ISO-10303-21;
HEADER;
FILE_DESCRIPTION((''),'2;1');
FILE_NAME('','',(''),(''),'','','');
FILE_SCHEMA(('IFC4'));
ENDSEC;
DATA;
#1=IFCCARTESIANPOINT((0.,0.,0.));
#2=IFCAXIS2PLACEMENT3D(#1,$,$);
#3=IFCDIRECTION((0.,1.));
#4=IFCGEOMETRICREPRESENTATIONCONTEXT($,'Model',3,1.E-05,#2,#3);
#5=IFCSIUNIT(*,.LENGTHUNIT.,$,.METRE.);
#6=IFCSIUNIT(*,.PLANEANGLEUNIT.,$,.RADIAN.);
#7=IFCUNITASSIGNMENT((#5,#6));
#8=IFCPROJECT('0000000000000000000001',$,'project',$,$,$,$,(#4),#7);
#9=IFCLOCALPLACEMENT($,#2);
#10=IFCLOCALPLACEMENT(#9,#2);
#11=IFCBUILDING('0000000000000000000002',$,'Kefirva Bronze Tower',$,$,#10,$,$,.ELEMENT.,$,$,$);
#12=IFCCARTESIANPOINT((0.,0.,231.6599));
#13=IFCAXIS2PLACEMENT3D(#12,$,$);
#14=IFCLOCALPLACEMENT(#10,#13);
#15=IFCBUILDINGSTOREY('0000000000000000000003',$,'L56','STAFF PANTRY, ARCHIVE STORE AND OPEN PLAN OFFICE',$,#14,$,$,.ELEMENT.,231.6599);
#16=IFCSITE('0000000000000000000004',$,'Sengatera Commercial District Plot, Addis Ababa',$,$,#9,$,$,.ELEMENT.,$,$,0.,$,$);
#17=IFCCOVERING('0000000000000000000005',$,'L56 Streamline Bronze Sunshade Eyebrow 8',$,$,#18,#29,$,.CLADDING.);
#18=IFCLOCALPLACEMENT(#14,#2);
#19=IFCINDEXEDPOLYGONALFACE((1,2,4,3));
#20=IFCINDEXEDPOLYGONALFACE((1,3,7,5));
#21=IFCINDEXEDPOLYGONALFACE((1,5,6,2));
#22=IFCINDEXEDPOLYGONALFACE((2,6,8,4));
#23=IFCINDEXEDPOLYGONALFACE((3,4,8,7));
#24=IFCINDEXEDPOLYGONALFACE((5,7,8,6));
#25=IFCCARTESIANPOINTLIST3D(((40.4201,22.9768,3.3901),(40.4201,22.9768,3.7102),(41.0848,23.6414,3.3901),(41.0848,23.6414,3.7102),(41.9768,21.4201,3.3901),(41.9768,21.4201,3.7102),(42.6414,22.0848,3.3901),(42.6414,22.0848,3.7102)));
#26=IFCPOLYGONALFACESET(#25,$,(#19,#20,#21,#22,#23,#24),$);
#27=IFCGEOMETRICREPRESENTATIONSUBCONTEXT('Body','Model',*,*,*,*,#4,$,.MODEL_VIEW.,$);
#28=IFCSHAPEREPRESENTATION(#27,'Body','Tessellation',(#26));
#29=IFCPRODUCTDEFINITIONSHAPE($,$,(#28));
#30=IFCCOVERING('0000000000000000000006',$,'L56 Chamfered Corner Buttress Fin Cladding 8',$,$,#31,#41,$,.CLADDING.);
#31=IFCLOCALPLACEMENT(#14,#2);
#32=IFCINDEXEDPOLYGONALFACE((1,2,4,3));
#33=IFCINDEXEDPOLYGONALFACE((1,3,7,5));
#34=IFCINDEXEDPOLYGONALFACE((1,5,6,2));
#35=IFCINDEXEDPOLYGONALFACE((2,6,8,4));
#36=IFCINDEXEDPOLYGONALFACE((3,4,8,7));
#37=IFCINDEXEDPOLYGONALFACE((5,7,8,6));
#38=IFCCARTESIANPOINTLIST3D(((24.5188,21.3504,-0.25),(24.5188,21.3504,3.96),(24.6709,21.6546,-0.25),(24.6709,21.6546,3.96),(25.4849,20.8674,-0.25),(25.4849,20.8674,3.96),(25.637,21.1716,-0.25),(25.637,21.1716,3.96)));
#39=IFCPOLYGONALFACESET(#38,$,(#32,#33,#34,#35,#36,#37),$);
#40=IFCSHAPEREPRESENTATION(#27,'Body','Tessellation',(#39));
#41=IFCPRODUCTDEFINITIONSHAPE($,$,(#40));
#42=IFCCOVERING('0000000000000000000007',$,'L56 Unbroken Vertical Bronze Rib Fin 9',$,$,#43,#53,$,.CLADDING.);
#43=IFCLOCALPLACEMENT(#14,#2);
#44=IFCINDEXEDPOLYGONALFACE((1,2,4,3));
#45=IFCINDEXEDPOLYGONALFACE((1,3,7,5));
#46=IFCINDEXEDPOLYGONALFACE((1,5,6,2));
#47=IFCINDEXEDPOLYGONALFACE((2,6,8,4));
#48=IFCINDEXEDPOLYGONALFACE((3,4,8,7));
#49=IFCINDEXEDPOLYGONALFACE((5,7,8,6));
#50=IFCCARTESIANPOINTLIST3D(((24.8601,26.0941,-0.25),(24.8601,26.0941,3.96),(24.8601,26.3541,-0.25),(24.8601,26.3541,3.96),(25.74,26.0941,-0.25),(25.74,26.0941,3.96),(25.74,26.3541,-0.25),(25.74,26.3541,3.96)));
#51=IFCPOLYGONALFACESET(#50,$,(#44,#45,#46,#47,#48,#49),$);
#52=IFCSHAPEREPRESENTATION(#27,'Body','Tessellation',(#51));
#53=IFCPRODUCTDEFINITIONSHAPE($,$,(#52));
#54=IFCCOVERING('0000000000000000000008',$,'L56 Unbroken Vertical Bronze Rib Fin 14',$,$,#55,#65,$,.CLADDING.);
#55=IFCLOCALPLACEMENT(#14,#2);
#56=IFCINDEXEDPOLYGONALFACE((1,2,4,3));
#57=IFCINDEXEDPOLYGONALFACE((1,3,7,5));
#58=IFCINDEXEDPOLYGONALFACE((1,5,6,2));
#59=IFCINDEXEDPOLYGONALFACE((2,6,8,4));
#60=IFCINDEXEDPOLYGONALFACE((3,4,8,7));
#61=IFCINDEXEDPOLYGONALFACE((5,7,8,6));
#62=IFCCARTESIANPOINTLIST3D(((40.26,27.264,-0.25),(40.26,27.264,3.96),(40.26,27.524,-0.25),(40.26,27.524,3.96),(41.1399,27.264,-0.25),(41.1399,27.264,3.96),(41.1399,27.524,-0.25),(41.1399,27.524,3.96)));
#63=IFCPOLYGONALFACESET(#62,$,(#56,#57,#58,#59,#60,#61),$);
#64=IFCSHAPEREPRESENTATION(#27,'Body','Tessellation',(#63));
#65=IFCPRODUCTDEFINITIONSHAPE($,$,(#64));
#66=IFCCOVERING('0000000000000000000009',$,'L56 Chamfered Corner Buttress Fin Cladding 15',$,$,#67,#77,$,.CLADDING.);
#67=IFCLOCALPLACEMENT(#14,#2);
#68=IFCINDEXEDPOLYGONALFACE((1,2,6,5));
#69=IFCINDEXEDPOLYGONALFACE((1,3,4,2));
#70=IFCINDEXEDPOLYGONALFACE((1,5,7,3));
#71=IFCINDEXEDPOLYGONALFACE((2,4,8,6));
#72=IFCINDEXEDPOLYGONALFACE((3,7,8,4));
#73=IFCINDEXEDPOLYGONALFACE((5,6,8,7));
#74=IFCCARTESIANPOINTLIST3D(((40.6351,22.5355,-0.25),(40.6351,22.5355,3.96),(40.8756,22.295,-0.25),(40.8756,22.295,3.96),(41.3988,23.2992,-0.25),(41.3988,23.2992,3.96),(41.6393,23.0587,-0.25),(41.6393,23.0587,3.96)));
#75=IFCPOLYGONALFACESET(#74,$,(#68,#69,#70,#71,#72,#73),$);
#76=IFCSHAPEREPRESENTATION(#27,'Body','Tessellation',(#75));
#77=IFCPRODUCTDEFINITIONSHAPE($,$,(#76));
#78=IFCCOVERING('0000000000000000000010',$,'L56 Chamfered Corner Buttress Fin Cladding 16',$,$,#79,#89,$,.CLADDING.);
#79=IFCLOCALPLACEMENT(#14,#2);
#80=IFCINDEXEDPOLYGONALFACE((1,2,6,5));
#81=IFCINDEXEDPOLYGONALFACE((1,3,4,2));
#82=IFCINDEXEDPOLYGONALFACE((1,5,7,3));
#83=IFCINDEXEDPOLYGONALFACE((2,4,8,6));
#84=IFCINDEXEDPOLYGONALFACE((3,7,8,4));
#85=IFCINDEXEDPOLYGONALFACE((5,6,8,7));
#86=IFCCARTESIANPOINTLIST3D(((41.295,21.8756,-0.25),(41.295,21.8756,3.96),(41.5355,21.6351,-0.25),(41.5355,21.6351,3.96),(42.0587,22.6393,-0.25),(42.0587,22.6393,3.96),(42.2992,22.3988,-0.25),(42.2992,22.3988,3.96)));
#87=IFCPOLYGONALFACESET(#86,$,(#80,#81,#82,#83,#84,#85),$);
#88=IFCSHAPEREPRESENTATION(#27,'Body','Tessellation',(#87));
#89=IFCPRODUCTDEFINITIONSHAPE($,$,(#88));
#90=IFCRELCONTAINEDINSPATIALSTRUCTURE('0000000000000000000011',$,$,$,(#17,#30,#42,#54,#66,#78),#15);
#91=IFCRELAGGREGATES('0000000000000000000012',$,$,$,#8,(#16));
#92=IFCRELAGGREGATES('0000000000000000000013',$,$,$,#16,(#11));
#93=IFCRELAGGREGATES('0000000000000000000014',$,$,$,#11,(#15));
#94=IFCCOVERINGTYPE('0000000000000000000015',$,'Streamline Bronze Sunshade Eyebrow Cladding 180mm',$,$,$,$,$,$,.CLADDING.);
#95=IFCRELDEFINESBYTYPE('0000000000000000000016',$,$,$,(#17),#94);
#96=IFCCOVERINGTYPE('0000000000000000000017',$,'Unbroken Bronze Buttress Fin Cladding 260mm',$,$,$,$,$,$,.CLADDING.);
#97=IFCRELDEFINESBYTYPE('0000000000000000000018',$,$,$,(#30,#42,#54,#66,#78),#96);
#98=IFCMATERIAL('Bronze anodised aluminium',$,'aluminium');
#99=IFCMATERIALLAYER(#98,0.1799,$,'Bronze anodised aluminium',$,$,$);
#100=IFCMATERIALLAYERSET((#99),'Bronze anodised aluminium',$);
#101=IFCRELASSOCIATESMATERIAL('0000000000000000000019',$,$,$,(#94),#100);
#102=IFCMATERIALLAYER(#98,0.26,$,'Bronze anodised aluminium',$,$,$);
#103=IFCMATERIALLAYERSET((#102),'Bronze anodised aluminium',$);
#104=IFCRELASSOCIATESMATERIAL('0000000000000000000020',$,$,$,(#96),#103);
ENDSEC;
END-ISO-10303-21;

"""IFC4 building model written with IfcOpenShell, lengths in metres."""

from ifc_helpers import new_model, si_unit, direction, frame, origin, origin_2d, place, context, subcontext, project, spatial, rectangle, extrude, material, layer, layer_set, type_object, element, save


model = new_model("IFC4")

# Units and contexts
model_context = context("Model", 3, precision=1e-05, world=origin(), true_north=direction((0.0, 1.0)))
body_context = subcontext(model_context, "Body", "Model", "MODEL_VIEW")
ifc_project = project(units=[si_unit("LENGTHUNIT", "METRE"), si_unit("PLANEANGLEUNIT", "RADIAN")], contexts=[model_context])

# Site, building, storey
site_placement = place(None, origin())
site = spatial("IfcSite", under=ifc_project, at=site_placement, Name="Sengatera Commercial District Plot, Addis Ababa", CompositionType="ELEMENT", RefElevation=0.0)
building_placement = place(site_placement, origin())
building = spatial("IfcBuilding", under=site, at=building_placement, Name="Kefirva Bronze Tower", CompositionType="ELEMENT")
storey_placement = place(building_placement, frame((0.0, 0.0, 231.6599)))
storey = spatial("IfcBuildingStorey", under=building, at=storey_placement, Name="L56", Description="STAFF PANTRY, ARCHIVE STORE AND OPEN PLAN OFFICE", CompositionType="ELEMENT", Elevation=231.6599)

# Coverings
ifc_material_1 = material(Name="Bronze anodised aluminium", Category="aluminium")
ifc_layer_1 = layer(ifc_material_1, 0.1799, Name="Bronze anodised aluminium")
ifc_layer_set_1 = layer_set([ifc_layer_1], Name="Bronze anodised aluminium")
covering_type_1 = type_object("IfcCoveringType", Name="Streamline Bronze Sunshade Eyebrow Cladding 180mm", PredefinedType="CLADDING", material=ifc_layer_set_1)
covering_1_placement = place(storey_placement, frame((41.5308, 22.5308, 3.3901), z_axis=(0.0, 0.0, 1.0), x_axis=(0.707107, -0.707107, 0.0)))
element("IfcCovering", 1, at=covering_1_placement, inside=storey, type_object=covering_type_1, Name="L56 Streamline Bronze Sunshade Eyebrow 8", PredefinedType="CLADDING", context=body_context, shape_type="SweptSolid", body=[
    extrude(rectangle(XDim=2.2014, YDim=0.9399, at=origin_2d()), origin(), (0.0, 0.0, 1.0), 0.3201),
])
ifc_layer_2 = layer(ifc_material_1, 0.26, Name="Bronze anodised aluminium")
ifc_layer_set_2 = layer_set([ifc_layer_2], Name="Bronze anodised aluminium")
covering_type_2 = type_object("IfcCoveringType", Name="Unbroken Bronze Buttress Fin Cladding 260mm", PredefinedType="CLADDING", material=ifc_layer_set_2)
covering_2_placement = place(storey_placement, frame((25.0779, 21.261, -0.25), z_axis=(0.0, 0.0, 1.0), x_axis=(0.447214, 0.894427, 0.0)))
element("IfcCovering", 2, at=covering_2_placement, inside=storey, type_object=covering_type_2, Name="L56 Chamfered Corner Buttress Fin Cladding 8", PredefinedType="CLADDING", context=body_context, shape_type="SweptSolid", body=[
    extrude(rectangle(XDim=0.3401, YDim=1.0801, at=origin_2d()), origin(), (0.0, 0.0, 1.0), 4.21),
])
for number, where, z_axis, x_axis, name in (
    (3, (25.3, 26.2241, -0.25), (0.0, 0.0, 1.0), (0.0, 1.0, 0.0), "L56 Unbroken Vertical Bronze Rib Fin 9"),
    (4, (40.7, 27.394, -0.25), (0.0, 0.0, 1.0), (0.0, -1.0, 0.0), "L56 Unbroken Vertical Bronze Rib Fin 14"),
):
    element("IfcCovering", number, at=place(storey_placement, frame(where, z_axis=z_axis, x_axis=x_axis)), inside=storey, type_object=covering_type_2, Name=name, PredefinedType="CLADDING", context=body_context, shape_type="SweptSolid", body=[
        extrude(rectangle(XDim=0.26, YDim=0.8799, at=origin_2d()), origin(), (0.0, 0.0, 1.0), 4.21),
    ])
for number, where, z_axis, x_axis, name in (
    (5, (41.1372, 22.7971, -0.25), (0.0, 0.0, 1.0), (0.707107, -0.707107, 0.0), "L56 Chamfered Corner Buttress Fin Cladding 15"),
    (6, (41.7971, 22.1372, -0.25), (0.0, 0.0, 1.0), (0.707107, -0.707107, 0.0), "L56 Chamfered Corner Buttress Fin Cladding 16"),
):
    element("IfcCovering", number, at=place(storey_placement, frame(where, z_axis=z_axis, x_axis=x_axis)), inside=storey, type_object=covering_type_2, Name=name, PredefinedType="CLADDING", context=body_context, shape_type="SweptSolid", body=[
        extrude(rectangle(XDim=0.3401, YDim=1.0801, at=origin_2d()), origin(), (0.0, 0.0, 1.0), 4.21),
    ])

save(model, "model.ifc")
